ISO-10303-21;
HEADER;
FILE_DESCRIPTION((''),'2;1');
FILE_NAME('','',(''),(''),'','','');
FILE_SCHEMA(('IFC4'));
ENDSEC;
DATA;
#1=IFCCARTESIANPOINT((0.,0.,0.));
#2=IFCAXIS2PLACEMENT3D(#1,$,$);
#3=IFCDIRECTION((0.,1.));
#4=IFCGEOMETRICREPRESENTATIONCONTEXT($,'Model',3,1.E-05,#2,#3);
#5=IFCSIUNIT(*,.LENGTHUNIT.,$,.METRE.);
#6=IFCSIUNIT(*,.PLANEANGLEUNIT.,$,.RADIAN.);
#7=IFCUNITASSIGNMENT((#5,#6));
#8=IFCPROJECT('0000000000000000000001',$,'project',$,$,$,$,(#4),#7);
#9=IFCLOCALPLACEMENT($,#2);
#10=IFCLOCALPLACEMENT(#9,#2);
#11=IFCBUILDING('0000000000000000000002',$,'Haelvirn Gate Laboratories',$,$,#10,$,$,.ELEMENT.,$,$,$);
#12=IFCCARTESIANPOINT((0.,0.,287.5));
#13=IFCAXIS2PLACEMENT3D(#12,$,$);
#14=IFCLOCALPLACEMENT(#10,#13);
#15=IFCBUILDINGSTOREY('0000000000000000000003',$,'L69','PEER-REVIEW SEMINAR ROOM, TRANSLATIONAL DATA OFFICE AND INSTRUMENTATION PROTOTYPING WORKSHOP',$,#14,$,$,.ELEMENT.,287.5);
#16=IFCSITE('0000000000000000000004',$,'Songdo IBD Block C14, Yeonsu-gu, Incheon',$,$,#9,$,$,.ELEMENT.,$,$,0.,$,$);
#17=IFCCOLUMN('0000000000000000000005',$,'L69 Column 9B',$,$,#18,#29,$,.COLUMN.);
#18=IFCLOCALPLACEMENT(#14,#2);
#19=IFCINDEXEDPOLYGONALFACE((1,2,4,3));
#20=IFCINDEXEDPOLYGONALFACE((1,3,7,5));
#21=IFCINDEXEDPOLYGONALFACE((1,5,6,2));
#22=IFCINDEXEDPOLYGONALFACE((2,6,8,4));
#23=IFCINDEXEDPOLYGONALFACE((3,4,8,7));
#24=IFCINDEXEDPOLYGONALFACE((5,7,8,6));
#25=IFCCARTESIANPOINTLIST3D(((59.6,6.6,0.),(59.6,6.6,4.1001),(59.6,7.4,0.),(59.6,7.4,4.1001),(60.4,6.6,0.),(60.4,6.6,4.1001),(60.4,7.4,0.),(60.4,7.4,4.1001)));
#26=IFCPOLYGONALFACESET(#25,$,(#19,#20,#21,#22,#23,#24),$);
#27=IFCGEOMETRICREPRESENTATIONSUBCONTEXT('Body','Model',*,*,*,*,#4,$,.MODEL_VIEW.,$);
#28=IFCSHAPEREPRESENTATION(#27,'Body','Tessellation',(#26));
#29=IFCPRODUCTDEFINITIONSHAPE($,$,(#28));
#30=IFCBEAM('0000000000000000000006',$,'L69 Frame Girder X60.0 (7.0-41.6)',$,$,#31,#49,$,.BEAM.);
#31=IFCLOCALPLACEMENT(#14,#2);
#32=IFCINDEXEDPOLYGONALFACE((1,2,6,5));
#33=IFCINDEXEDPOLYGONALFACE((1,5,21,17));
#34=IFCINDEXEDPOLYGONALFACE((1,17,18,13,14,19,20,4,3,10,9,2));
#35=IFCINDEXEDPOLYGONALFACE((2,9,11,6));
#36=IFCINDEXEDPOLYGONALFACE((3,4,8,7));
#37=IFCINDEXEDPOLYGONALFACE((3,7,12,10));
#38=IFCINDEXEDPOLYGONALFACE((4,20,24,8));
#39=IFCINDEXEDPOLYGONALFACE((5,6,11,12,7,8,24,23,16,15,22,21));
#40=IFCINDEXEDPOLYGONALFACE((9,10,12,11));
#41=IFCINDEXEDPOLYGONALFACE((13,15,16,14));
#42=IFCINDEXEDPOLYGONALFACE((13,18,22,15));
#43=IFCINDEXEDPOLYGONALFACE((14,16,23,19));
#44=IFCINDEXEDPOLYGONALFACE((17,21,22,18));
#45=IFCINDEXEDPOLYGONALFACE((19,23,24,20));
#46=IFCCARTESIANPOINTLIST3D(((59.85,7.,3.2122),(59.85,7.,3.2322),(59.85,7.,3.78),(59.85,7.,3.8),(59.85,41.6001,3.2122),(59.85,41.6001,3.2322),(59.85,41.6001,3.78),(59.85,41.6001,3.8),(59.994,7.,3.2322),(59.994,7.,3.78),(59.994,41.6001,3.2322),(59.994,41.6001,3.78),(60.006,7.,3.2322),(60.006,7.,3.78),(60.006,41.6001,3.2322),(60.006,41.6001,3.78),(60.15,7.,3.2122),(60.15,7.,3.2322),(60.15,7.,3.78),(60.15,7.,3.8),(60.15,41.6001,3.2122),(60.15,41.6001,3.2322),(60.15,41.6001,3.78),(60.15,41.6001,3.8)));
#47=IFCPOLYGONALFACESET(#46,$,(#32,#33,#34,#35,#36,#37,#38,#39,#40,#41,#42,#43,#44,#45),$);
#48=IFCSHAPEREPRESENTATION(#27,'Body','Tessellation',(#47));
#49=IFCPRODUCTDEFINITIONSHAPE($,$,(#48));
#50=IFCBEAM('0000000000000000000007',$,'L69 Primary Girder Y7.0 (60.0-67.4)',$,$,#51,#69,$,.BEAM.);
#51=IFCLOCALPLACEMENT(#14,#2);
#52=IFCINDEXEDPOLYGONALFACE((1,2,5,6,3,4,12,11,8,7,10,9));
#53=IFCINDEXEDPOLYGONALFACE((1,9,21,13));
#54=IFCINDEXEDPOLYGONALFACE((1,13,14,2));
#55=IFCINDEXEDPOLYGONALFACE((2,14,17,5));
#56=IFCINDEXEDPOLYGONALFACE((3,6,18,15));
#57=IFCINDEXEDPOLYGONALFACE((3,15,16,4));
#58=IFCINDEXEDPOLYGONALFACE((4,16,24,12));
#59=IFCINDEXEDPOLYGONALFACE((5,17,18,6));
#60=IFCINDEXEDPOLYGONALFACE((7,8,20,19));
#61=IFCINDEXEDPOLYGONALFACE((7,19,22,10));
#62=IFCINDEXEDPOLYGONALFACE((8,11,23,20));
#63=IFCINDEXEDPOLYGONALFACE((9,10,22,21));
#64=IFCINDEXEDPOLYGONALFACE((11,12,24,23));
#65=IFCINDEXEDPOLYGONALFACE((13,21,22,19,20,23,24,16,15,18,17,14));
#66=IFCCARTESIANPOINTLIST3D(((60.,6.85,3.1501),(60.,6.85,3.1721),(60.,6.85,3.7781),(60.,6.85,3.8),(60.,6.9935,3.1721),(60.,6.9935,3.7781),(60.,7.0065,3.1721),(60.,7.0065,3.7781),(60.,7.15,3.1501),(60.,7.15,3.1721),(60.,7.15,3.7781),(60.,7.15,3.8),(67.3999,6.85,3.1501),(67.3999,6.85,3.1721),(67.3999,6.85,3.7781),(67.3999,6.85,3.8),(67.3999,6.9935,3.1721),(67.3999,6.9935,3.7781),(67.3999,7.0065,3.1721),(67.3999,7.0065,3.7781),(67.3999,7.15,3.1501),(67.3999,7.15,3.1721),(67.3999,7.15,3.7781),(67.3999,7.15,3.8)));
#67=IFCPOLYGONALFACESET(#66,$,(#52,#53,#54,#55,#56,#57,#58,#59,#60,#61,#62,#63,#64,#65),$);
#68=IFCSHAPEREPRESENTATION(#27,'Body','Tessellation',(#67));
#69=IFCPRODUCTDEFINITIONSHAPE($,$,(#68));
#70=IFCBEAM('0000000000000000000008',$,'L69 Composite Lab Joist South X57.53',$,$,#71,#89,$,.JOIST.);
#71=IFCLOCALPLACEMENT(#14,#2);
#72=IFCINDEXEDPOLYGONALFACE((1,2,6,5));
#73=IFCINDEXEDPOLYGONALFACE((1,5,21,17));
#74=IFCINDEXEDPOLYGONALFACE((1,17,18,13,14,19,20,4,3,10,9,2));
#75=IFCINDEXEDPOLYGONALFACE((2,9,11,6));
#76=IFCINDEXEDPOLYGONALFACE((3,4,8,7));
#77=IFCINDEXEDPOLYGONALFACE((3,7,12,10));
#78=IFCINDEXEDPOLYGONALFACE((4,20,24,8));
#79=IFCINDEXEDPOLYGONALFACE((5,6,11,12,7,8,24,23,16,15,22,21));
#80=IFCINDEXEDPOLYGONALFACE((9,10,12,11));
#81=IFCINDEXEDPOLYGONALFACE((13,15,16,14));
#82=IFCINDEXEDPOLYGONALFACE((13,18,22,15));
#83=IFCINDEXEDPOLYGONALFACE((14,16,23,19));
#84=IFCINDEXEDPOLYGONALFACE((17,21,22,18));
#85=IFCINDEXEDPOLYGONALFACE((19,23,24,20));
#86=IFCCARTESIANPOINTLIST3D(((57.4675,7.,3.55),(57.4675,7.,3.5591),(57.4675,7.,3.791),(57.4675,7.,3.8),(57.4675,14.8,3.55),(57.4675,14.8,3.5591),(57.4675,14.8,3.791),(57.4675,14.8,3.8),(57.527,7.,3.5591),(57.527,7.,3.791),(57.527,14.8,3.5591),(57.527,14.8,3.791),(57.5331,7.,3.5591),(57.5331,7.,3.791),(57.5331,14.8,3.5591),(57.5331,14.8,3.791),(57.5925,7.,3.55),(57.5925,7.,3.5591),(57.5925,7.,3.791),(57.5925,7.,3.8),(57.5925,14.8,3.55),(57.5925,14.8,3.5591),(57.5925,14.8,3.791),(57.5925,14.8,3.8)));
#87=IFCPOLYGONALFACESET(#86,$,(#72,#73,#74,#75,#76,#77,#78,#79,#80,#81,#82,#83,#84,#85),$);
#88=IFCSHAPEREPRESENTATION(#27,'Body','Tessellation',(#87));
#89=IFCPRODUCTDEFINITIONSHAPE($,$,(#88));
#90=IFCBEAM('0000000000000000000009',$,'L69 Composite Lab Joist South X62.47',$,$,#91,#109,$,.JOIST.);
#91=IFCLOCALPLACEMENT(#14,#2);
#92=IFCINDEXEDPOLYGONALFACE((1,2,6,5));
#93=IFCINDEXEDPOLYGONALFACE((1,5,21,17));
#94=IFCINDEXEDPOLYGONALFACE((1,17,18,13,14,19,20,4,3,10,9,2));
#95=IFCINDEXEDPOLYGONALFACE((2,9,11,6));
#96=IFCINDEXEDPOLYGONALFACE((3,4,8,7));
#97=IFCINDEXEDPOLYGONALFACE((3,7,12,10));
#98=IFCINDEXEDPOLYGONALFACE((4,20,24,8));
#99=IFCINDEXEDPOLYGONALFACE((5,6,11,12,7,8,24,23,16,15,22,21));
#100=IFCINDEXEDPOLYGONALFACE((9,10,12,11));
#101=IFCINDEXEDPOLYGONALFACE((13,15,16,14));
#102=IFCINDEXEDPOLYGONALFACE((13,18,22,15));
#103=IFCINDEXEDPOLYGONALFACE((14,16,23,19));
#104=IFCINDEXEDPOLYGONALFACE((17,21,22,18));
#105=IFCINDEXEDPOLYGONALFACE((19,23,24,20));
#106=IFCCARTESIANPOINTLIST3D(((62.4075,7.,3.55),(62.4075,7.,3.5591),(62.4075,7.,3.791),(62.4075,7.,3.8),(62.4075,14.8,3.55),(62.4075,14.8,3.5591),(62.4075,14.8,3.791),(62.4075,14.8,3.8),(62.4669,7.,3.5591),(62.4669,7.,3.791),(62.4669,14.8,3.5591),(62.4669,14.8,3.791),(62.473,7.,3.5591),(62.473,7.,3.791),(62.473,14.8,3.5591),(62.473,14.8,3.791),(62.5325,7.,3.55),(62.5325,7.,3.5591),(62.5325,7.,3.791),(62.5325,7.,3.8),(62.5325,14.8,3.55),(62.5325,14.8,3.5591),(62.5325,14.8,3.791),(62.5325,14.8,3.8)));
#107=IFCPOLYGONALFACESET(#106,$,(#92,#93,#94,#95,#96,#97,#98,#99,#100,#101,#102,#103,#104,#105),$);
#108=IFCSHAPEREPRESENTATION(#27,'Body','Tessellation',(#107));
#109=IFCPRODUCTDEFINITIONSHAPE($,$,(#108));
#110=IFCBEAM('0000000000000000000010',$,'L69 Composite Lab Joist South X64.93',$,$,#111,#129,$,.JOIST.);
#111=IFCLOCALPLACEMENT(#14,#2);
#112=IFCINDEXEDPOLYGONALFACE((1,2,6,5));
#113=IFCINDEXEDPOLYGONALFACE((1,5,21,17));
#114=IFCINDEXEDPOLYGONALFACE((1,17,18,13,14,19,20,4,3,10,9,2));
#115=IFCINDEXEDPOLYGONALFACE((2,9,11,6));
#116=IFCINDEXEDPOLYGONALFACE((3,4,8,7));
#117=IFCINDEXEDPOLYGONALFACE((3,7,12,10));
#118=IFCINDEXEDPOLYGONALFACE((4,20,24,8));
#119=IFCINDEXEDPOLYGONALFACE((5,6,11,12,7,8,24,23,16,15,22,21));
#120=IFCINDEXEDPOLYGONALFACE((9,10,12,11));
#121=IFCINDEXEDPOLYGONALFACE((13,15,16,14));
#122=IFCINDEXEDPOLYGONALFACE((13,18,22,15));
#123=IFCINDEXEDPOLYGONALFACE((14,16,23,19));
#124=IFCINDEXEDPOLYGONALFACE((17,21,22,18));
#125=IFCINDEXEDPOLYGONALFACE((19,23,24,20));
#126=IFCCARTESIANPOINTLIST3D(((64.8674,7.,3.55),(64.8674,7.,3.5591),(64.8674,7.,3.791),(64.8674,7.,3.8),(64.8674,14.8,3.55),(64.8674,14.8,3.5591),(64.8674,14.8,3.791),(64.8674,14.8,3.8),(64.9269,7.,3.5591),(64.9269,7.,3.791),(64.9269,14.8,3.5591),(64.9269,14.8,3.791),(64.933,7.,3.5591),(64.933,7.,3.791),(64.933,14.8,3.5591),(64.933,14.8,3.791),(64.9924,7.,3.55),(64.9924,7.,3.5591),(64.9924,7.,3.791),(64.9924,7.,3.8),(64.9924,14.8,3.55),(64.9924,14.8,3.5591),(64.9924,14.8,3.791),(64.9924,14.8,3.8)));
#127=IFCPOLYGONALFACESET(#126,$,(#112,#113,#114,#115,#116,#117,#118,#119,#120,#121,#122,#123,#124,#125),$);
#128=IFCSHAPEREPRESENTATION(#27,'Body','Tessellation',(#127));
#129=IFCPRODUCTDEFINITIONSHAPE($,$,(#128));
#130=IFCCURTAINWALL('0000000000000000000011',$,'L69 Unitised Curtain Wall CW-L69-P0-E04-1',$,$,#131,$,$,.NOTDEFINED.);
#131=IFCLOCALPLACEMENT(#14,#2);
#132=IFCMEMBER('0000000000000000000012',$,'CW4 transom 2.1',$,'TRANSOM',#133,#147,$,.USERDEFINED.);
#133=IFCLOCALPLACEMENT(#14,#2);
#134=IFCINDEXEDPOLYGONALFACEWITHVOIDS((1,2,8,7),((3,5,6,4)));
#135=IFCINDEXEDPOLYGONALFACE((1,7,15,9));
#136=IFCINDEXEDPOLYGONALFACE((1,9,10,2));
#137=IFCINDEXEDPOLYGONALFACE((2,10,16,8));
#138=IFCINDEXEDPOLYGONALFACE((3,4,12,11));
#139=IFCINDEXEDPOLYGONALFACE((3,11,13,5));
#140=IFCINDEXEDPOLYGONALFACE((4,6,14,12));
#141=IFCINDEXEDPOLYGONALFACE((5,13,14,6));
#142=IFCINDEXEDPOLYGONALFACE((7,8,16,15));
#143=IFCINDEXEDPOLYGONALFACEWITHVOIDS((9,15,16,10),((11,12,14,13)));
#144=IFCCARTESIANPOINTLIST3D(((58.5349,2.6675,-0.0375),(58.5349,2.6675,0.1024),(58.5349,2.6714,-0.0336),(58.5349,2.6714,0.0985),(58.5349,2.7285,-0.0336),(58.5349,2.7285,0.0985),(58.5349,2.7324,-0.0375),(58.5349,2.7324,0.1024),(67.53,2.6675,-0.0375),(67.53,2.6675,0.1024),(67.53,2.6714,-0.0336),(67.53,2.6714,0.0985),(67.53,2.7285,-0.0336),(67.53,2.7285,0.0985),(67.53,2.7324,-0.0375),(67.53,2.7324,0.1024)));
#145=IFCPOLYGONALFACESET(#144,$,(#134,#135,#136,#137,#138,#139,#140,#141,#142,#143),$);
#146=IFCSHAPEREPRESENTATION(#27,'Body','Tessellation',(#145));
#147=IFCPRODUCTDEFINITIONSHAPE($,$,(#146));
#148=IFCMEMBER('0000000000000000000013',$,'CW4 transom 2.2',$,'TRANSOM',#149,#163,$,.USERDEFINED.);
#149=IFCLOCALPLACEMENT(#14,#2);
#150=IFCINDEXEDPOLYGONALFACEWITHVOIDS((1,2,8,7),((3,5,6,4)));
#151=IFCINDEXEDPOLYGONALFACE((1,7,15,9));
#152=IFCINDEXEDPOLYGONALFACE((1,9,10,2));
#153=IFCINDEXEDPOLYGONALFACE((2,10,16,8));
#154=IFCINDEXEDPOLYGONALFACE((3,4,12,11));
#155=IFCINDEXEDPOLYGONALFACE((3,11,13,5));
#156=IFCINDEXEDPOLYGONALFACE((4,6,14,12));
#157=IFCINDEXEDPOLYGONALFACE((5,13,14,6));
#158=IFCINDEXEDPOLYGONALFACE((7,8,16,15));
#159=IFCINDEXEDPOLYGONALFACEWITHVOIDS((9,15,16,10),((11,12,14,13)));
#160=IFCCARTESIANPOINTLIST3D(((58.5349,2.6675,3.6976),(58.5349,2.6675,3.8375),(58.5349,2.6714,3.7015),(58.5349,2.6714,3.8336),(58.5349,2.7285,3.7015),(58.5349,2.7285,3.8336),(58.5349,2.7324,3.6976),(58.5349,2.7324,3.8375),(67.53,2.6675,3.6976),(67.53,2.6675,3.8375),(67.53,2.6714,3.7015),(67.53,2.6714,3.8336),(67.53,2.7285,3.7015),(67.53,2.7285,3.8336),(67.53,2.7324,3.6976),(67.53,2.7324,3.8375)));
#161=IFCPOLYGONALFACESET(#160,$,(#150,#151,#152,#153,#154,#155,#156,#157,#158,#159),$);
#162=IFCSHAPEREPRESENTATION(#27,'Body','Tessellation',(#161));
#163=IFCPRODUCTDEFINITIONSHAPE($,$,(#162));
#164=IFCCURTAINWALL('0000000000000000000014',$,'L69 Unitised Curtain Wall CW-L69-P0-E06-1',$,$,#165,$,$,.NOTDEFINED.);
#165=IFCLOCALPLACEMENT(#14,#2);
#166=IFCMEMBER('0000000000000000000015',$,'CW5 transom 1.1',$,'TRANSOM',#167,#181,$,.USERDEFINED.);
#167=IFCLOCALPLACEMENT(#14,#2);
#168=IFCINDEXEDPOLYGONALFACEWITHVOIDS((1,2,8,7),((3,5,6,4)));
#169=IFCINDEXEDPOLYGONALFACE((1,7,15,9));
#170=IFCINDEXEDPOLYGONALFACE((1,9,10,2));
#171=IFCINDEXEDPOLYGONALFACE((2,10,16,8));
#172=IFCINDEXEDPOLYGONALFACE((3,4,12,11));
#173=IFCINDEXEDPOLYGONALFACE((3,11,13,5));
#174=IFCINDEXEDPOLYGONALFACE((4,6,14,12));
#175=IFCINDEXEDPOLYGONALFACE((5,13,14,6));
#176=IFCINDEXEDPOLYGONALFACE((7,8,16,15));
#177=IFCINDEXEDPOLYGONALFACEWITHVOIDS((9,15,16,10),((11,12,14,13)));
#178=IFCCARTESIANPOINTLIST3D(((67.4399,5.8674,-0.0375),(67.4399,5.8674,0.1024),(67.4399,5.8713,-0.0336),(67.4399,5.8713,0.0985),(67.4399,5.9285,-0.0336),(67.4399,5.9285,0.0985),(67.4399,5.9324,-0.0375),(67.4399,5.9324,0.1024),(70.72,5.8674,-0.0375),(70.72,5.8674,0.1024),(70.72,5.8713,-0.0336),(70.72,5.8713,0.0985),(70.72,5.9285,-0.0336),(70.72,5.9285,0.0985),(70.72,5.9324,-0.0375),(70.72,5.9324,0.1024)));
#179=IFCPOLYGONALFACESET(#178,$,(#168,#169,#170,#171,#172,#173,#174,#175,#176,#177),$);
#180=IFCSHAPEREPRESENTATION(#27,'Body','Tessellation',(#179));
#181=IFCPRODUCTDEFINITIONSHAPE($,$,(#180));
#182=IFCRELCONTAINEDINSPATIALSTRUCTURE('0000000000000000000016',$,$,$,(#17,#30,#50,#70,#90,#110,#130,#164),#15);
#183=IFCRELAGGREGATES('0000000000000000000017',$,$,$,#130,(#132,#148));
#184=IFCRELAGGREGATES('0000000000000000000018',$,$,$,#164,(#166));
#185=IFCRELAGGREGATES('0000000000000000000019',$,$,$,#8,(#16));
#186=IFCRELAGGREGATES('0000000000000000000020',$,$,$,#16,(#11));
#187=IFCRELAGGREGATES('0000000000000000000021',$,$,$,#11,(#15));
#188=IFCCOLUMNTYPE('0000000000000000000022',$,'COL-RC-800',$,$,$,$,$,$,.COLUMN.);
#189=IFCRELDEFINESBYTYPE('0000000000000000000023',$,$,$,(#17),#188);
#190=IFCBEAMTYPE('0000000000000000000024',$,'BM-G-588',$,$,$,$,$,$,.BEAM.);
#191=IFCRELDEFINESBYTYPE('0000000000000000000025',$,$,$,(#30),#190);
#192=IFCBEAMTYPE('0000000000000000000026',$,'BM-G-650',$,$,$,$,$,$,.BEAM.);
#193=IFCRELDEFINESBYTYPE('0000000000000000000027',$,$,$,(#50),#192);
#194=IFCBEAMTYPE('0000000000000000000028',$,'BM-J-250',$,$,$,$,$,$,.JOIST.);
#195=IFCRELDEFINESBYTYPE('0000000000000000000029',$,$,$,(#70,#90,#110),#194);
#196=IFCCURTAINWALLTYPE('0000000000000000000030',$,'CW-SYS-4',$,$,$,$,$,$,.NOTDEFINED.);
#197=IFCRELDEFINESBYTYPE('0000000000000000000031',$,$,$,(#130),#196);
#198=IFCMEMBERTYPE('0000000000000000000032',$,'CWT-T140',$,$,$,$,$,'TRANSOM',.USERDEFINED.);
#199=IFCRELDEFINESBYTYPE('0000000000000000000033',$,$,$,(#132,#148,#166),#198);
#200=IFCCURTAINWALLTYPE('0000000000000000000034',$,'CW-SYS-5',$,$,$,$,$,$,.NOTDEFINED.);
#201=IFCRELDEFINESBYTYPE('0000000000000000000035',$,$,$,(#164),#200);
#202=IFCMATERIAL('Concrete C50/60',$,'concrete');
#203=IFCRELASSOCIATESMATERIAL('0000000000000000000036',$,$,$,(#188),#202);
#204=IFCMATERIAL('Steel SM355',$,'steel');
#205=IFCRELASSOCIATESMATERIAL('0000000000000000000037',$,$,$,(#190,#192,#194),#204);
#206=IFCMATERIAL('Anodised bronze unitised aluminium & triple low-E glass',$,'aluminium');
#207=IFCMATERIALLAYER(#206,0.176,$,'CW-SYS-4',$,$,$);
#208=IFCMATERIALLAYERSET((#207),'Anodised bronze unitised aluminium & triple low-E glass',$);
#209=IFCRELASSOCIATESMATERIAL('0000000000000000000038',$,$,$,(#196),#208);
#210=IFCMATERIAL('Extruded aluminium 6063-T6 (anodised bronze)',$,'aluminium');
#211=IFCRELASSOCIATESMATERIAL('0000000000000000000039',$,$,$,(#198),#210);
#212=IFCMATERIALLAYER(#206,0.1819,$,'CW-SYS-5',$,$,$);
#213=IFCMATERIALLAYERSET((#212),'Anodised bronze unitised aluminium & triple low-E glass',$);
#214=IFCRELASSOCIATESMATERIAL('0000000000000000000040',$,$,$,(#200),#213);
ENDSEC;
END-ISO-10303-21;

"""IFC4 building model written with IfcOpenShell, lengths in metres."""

from ifc_helpers import new_model, si_unit, direction, frame, origin, origin_2d, place, context, subcontext, project, spatial, rectangle, hollow_rectangle, i_section, extrude, source, transform, mapped, material, layer, layer_set, material_profile, profile_set, type_object, type_shapes, element, aggregate, save


model = new_model("IFC4")

# Units and contexts
model_context = context("Model", 3, precision=1e-05, world=origin(), true_north=direction((0.0, 1.0)))
body_context = subcontext(model_context, "Body", "Model", "MODEL_VIEW")
ifc_project = project(units=[si_unit("LENGTHUNIT", "METRE"), si_unit("PLANEANGLEUNIT", "RADIAN")], contexts=[model_context])

# Site, building, storey
site_placement = place(None, origin())
site = spatial("IfcSite", under=ifc_project, at=site_placement, Name="Songdo IBD Block C14, Yeonsu-gu, Incheon", CompositionType="ELEMENT", RefElevation=0.0)
building_placement = place(site_placement, origin())
building = spatial("IfcBuilding", under=site, at=building_placement, Name="Haelvirn Gate Laboratories", CompositionType="ELEMENT")
storey_placement = place(building_placement, frame((0.0, 0.0, 287.5)))
storey = spatial("IfcBuildingStorey", under=building, at=storey_placement, Name="L69", Description="PEER-REVIEW SEMINAR ROOM, TRANSLATIONAL DATA OFFICE AND INSTRUMENTATION PROTOTYPING WORKSHOP", CompositionType="ELEMENT", Elevation=287.5)

# Column
ifc_material_1 = material(Name="Concrete C50/60", Category="concrete")
ifc_material_profile_1 = material_profile(ifc_material_1, rectangle(XDim=0.8, YDim=0.8, at=origin_2d()), Name="RC-800x800")
ifc_profile_set_1 = profile_set([ifc_material_profile_1], Name="Concrete C50/60")
column_type = type_object("IfcColumnType", Name="COL-RC-800", PredefinedType="COLUMN", material=ifc_profile_set_1)
shared_shape_1 = source(origin(), body_context, "Body", "SweptSolid", [
    extrude(rectangle(XDim=0.8, YDim=0.8, at=origin_2d()), origin(), (0.0, 0.0, 1.0), 4.1001),
])
type_shapes(column_type, [shared_shape_1])
column_placement = place(storey_placement, frame((60.0, 7.0, 0.0), z_axis=(0.0, 0.0, 1.0), x_axis=(1.0, 0.0, 0.0)))
element("IfcColumn", 1, at=column_placement, inside=storey, type_object=column_type, Name="L69 Column 9B", PredefinedType="COLUMN", context=body_context, shape_type="MappedRepresentation", body=[
    mapped(shared_shape_1, transform((0.0, 0.0, 0.0), scale=1.0)),
])

# Beams
ifc_material_2 = material(Name="Steel SM355", Category="steel")
ifc_material_profile_2 = material_profile(ifc_material_2, i_section(OverallWidth=0.3, OverallDepth=0.5879, WebThickness=0.012, FlangeThickness=0.02, at=origin_2d()), Name="H-588x300x12x20")
ifc_profile_set_2 = profile_set([ifc_material_profile_2], Name="Steel SM355")
beam_type_1 = type_object("IfcBeamType", Name="BM-G-588", PredefinedType="BEAM", material=ifc_profile_set_2)
shared_shape_2 = source(origin(), body_context, "Body", "SweptSolid", [
    extrude(i_section(OverallWidth=0.3, OverallDepth=0.5879, WebThickness=0.012, FlangeThickness=0.02, at=origin_2d()), origin(), (0.0, 0.0, 1.0), 34.6001),
])
type_shapes(beam_type_1, [shared_shape_2])
beam_1_placement = place(storey_placement, frame((60.0, 7.0, 3.5061), z_axis=(0.0, 1.0, 0.0), x_axis=(-1.0, 0.0, 0.0)))
element("IfcBeam", 2, at=beam_1_placement, inside=storey, type_object=beam_type_1, Name="L69 Frame Girder X60.0 (7.0-41.6)", PredefinedType="BEAM", context=body_context, shape_type="MappedRepresentation", body=[
    mapped(shared_shape_2, transform((0.0, 0.0, 0.0), scale=1.0)),
])
ifc_material_profile_3 = material_profile(ifc_material_2, i_section(OverallWidth=0.3, OverallDepth=0.6499, WebThickness=0.0129, FlangeThickness=0.022, at=origin_2d()), Name="H-650x300x13x22")
ifc_profile_set_3 = profile_set([ifc_material_profile_3], Name="Steel SM355")
beam_type_2 = type_object("IfcBeamType", Name="BM-G-650", PredefinedType="BEAM", material=ifc_profile_set_3)
shared_shape_3 = source(origin(), body_context, "Body", "SweptSolid", [
    extrude(i_section(OverallWidth=0.3, OverallDepth=0.6499, WebThickness=0.0129, FlangeThickness=0.022, at=origin_2d()), origin(), (0.0, 0.0, 1.0), 7.3999),
])
type_shapes(beam_type_2, [shared_shape_3])
beam_2_placement = place(storey_placement, frame((60.0, 7.0, 3.4751), z_axis=(1.0, 0.0, 0.0), x_axis=(0.0, 1.0, 0.0)))
element("IfcBeam", 3, at=beam_2_placement, inside=storey, type_object=beam_type_2, Name="L69 Primary Girder Y7.0 (60.0-67.4)", PredefinedType="BEAM", context=body_context, shape_type="MappedRepresentation", body=[
    mapped(shared_shape_3, transform((0.0, 0.0, 0.0), scale=1.0)),
])
ifc_material_profile_4 = material_profile(ifc_material_2, i_section(OverallWidth=0.125, OverallDepth=0.25, WebThickness=0.0061, FlangeThickness=0.009, at=origin_2d()), Name="H-250x125x6x9")
ifc_profile_set_4 = profile_set([ifc_material_profile_4], Name="Steel SM355")
beam_type_3 = type_object("IfcBeamType", Name="BM-J-250", PredefinedType="JOIST", material=ifc_profile_set_4)
shared_shape_4 = source(origin(), body_context, "Body", "SweptSolid", [
    extrude(i_section(OverallWidth=0.125, OverallDepth=0.25, WebThickness=0.0061, FlangeThickness=0.009, at=origin_2d()), origin(), (0.0, 0.0, 1.0), 7.8),
])
type_shapes(beam_type_3, [shared_shape_4])
for number, where, z_axis, x_axis, name in (
    (4, (57.53, 7.0, 3.675), (0.0, 1.0, 0.0), (-1.0, 0.0, 0.0), "L69 Composite Lab Joist South X57.53"),
    (5, (62.47, 7.0, 3.675), (0.0, 1.0, 0.0), (-1.0, 0.0, 0.0), "L69 Composite Lab Joist South X62.47"),
    (6, (64.9299, 7.0, 3.675), (0.0, 1.0, 0.0), (-1.0, 0.0, 0.0), "L69 Composite Lab Joist South X64.93"),
):
    element("IfcBeam", number, at=place(storey_placement, frame(where, z_axis=z_axis, x_axis=x_axis)), inside=storey, type_object=beam_type_3, Name=name, PredefinedType="JOIST", context=body_context, shape_type="MappedRepresentation", body=[
        mapped(shared_shape_4, transform((0.0, 0.0, 0.0), scale=1.0)),
    ])

# Curtain walls, members
ifc_material_3 = material(Name="Anodised bronze unitised aluminium & triple low-E glass", Category="aluminium")
ifc_layer_1 = layer(ifc_material_3, 0.176, Name="CW-SYS-4")
ifc_layer_set_1 = layer_set([ifc_layer_1], Name="Anodised bronze unitised aluminium & triple low-E glass")
curtain_wall_type_1 = type_object("IfcCurtainWallType", Name="CW-SYS-4", PredefinedType="NOTDEFINED", material=ifc_layer_set_1)
curtain_wall_1_placement = place(storey_placement, origin())
curtain_wall_1 = element("IfcCurtainWall", 7, at=curtain_wall_1_placement, inside=storey, type_object=curtain_wall_type_1, Name="L69 Unitised Curtain Wall CW-L69-P0-E04-1", PredefinedType="NOTDEFINED")
ifc_material_4 = material(Name="Extruded aluminium 6063-T6 (anodised bronze)", Category="aluminium")
ifc_material_profile_5 = material_profile(ifc_material_4, hollow_rectangle(XDim=0.0649, YDim=0.1399, WallThickness=0.0039, at=origin_2d()), Name="CWT-140x65x4")
ifc_profile_set_5 = profile_set([ifc_material_profile_5], Name="Extruded aluminium 6063-T6 (anodised bronze)")
member_type_1 = type_object("IfcMemberType", Name="CWT-T140", ElementType="TRANSOM", PredefinedType="USERDEFINED", material=ifc_profile_set_5)
shared_shape_5 = source(origin(), body_context, "Body", "SweptSolid", [
    extrude(hollow_rectangle(XDim=0.0649, YDim=0.1399, WallThickness=0.0039, at=origin_2d()), origin(), (0.0, 0.0, 1.0), 8.9951),
])
member_1_placement = place(storey_placement, frame((58.5349, 2.7, 0.0325), z_axis=(1.0, 0.0, 0.0), x_axis=(0.0, 1.0, 0.0)))
member_1 = element("IfcMember", 8, at=member_1_placement, type_object=member_type_1, Name="CW4 transom 2.1", ObjectType="TRANSOM", PredefinedType="USERDEFINED", context=body_context, shape_type="MappedRepresentation", body=[
    mapped(shared_shape_5, transform((0.0, 0.0, 0.0), scale=1.0)),
])
member_2_placement = place(storey_placement, frame((58.5349, 2.7, 3.7676), z_axis=(1.0, 0.0, 0.0), x_axis=(0.0, 1.0, 0.0)))
member_2 = element("IfcMember", 9, at=member_2_placement, type_object=member_type_1, Name="CW4 transom 2.2", ObjectType="TRANSOM", PredefinedType="USERDEFINED", context=body_context, shape_type="MappedRepresentation", body=[
    mapped(shared_shape_5, transform((0.0, 0.0, 0.0), scale=1.0)),
])
ifc_layer_2 = layer(ifc_material_3, 0.1819, Name="CW-SYS-5")
ifc_layer_set_2 = layer_set([ifc_layer_2], Name="Anodised bronze unitised aluminium & triple low-E glass")
curtain_wall_type_2 = type_object("IfcCurtainWallType", Name="CW-SYS-5", PredefinedType="NOTDEFINED", material=ifc_layer_set_2)
curtain_wall_2_placement = place(storey_placement, origin())
curtain_wall_2 = element("IfcCurtainWall", 10, at=curtain_wall_2_placement, inside=storey, type_object=curtain_wall_type_2, Name="L69 Unitised Curtain Wall CW-L69-P0-E06-1", PredefinedType="NOTDEFINED")
shared_shape_6 = source(origin(), body_context, "Body", "SweptSolid", [
    extrude(hollow_rectangle(XDim=0.0649, YDim=0.1399, WallThickness=0.0039, at=origin_2d()), origin(), (0.0, 0.0, 1.0), 3.28),
])
member_3_placement = place(storey_placement, frame((67.4399, 5.8999, 0.0325), z_axis=(1.0, 0.0, 0.0), x_axis=(0.0, 1.0, 0.0)))
member_3 = element("IfcMember", 11, at=member_3_placement, type_object=member_type_1, Name="CW5 transom 1.1", ObjectType="TRANSOM", PredefinedType="USERDEFINED", context=body_context, shape_type="MappedRepresentation", body=[
    mapped(shared_shape_6, transform((0.0, 0.0, 0.0), scale=1.0)),
])

aggregate(curtain_wall_1, [member_1, member_2])
aggregate(curtain_wall_2, [member_3])

save(model, "model.ifc")
